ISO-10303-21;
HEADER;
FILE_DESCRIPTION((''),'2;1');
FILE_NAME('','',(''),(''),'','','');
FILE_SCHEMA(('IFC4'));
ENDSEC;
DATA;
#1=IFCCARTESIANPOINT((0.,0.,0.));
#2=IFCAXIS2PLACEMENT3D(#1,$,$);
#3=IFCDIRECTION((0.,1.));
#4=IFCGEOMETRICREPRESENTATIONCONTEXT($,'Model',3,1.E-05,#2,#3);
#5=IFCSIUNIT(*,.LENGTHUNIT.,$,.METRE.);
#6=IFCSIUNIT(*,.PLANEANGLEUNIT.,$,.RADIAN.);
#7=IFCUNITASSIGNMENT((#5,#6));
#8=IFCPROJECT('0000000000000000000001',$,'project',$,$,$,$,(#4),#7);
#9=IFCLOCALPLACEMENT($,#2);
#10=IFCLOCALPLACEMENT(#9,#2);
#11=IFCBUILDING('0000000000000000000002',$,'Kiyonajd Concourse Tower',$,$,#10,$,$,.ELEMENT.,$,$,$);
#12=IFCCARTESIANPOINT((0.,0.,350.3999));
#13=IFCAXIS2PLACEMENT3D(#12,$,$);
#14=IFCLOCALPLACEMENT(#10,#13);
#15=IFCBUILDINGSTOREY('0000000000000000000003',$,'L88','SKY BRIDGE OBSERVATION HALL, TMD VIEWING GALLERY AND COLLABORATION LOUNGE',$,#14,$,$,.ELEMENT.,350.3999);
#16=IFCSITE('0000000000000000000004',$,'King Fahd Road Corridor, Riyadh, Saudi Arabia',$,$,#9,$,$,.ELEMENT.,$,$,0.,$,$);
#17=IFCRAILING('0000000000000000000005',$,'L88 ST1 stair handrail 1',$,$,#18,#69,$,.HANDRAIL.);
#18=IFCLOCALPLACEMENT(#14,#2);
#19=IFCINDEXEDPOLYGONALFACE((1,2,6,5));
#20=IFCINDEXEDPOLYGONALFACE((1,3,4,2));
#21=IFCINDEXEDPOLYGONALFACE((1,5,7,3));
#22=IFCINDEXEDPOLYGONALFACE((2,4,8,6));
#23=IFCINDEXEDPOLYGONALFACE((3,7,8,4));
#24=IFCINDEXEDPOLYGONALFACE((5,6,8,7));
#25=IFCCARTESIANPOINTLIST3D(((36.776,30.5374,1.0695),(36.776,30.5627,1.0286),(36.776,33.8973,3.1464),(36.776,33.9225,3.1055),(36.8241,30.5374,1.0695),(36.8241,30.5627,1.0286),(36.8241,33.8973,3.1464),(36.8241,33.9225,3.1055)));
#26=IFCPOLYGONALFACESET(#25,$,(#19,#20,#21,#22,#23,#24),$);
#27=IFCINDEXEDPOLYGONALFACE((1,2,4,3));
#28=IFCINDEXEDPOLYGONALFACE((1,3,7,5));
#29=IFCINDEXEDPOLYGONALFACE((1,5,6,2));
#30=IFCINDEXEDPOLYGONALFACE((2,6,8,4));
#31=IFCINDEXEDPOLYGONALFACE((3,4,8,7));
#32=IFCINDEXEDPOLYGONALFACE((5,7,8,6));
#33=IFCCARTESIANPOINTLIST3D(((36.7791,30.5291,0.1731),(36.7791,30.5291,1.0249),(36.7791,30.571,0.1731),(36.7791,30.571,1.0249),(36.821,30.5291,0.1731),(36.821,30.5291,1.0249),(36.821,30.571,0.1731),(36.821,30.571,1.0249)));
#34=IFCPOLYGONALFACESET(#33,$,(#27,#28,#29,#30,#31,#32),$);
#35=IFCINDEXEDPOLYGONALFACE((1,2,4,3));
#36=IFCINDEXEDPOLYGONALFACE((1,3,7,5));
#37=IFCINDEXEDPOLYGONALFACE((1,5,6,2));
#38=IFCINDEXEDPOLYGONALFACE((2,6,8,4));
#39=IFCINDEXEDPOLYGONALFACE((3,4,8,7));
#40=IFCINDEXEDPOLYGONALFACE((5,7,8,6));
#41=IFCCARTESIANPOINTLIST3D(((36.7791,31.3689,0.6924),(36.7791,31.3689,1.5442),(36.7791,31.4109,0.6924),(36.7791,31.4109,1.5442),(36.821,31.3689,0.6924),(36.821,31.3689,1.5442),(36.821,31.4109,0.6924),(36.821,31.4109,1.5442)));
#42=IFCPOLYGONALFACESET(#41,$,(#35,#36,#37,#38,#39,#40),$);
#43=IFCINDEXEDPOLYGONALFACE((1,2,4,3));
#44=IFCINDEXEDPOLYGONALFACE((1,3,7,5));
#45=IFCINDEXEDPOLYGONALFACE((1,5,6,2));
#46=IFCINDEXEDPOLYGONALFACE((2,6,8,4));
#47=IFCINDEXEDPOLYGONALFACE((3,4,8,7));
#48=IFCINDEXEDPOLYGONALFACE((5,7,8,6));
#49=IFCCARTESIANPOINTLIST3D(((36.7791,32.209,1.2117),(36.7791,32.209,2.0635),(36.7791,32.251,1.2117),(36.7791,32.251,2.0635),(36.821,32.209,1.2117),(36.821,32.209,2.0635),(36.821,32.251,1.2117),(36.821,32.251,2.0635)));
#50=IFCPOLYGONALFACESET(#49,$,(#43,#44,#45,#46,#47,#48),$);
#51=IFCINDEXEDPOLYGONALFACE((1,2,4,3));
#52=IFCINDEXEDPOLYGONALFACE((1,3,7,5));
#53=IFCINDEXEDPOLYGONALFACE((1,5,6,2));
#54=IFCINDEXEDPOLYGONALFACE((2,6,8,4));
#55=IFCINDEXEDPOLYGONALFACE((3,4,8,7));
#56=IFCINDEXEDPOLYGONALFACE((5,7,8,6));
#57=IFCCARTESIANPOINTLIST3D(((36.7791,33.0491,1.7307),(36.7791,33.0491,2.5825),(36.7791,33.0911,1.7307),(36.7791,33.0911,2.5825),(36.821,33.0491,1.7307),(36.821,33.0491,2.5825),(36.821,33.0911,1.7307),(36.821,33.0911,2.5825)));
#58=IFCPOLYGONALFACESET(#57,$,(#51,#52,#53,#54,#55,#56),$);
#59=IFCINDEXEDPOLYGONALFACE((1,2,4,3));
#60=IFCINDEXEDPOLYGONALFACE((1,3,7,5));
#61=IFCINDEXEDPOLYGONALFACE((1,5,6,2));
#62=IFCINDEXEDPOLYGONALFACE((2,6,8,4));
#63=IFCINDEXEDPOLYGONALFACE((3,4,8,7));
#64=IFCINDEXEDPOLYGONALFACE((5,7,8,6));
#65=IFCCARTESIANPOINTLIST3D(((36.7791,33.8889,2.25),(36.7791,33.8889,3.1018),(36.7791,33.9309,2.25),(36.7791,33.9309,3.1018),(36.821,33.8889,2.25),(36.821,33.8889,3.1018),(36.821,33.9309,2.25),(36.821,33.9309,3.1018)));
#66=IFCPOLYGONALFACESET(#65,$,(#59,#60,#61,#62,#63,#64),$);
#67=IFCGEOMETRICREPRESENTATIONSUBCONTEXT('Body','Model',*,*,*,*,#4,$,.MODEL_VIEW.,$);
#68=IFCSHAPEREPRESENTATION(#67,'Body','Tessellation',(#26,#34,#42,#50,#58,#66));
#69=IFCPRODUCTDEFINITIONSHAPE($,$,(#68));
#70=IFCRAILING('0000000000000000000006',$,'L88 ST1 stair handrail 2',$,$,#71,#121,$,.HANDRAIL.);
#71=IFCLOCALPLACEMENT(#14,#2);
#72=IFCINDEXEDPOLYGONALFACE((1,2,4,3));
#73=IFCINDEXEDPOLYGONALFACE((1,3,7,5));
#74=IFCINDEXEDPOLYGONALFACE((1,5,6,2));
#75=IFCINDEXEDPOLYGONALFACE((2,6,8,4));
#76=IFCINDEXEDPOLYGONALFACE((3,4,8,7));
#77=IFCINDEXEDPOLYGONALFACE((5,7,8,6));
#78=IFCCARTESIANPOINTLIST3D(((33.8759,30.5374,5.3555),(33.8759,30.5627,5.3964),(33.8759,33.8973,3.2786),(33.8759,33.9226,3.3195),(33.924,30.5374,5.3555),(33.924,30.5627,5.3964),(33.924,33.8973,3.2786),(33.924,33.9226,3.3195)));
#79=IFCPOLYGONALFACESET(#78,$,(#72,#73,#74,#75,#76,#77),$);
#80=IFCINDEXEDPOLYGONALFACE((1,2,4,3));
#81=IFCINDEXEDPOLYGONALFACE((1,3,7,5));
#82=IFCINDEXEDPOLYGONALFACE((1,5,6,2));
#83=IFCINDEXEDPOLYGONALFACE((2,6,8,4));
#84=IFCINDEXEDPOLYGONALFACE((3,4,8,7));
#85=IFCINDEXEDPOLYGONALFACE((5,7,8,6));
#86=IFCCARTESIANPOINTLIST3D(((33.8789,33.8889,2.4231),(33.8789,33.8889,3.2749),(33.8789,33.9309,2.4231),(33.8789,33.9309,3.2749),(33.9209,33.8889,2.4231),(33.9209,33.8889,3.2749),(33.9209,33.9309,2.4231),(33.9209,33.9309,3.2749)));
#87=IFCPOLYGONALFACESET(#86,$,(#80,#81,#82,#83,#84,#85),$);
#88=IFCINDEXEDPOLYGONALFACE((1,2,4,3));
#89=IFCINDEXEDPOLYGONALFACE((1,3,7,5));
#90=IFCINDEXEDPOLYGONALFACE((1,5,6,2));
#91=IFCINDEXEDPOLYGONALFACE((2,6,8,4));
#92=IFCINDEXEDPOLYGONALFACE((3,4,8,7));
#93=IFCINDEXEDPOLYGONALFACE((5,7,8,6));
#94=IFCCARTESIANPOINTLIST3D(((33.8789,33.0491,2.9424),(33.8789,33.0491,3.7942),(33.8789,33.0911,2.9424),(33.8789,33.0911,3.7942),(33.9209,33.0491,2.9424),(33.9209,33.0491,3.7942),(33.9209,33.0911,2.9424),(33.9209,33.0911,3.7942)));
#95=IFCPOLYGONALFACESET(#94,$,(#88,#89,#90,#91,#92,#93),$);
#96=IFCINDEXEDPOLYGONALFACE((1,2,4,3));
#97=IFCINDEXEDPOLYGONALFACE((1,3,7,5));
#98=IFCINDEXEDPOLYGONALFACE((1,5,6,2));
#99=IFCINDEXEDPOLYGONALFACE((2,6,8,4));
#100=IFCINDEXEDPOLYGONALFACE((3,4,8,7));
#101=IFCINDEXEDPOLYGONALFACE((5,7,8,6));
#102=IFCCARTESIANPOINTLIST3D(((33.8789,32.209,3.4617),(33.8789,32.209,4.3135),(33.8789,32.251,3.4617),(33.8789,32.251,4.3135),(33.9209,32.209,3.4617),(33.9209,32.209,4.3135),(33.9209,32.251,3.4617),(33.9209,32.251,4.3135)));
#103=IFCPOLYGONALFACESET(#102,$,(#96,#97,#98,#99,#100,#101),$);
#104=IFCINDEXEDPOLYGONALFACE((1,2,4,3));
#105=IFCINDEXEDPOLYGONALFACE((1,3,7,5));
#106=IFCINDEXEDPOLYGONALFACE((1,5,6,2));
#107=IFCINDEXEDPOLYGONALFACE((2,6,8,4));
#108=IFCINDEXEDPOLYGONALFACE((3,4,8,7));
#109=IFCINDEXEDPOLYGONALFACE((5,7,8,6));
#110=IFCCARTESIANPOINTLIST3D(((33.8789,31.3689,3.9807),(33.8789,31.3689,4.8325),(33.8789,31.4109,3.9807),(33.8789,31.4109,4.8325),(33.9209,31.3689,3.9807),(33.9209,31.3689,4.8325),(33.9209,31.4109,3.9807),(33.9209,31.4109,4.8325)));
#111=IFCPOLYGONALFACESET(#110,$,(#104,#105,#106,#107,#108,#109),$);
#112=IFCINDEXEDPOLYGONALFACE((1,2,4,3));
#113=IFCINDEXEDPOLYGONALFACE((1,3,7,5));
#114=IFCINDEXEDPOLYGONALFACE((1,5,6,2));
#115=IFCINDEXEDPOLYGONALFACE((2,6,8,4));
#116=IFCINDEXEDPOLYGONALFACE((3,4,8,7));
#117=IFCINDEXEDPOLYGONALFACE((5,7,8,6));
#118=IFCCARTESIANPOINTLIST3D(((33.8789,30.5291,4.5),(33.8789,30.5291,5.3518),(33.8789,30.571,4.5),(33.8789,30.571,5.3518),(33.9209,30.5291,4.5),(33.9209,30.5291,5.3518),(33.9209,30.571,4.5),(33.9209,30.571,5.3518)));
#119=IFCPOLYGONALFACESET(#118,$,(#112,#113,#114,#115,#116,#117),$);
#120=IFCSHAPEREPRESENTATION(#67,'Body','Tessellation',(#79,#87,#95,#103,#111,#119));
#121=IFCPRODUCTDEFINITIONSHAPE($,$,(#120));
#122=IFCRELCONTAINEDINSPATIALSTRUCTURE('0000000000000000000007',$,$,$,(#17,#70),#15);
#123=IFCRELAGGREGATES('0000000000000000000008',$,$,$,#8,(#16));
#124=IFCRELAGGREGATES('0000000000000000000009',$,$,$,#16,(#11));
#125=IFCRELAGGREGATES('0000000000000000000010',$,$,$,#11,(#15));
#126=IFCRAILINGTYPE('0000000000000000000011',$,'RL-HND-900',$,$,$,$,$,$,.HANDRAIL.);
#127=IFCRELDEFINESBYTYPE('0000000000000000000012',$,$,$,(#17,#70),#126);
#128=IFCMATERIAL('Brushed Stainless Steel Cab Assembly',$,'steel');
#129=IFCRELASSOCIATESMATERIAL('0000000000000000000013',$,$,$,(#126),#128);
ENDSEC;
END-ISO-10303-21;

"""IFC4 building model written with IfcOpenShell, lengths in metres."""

from ifc_helpers import new_model, si_unit, direction, frame, origin, origin_2d, place, context, subcontext, project, spatial, rectangle, extrude, material, type_object, element, save


model = new_model("IFC4")

# Units and contexts
model_context = context("Model", 3, precision=1e-05, world=origin(), true_north=direction((0.0, 1.0)))
body_context = subcontext(model_context, "Body", "Model", "MODEL_VIEW")
ifc_project = project(units=[si_unit("LENGTHUNIT", "METRE"), si_unit("PLANEANGLEUNIT", "RADIAN")], contexts=[model_context])

# Site, building, storey
site_placement = place(None, origin())
site = spatial("IfcSite", under=ifc_project, at=site_placement, Name="King Fahd Road Corridor, Riyadh, Saudi Arabia", CompositionType="ELEMENT", RefElevation=0.0)
building_placement = place(site_placement, origin())
building = spatial("IfcBuilding", under=site, at=building_placement, Name="Kiyonajd Concourse Tower", CompositionType="ELEMENT")
storey_placement = place(building_placement, frame((0.0, 0.0, 350.3999)))
storey = spatial("IfcBuildingStorey", under=building, at=storey_placement, Name="L88", Description="SKY BRIDGE OBSERVATION HALL, TMD VIEWING GALLERY AND COLLABORATION LOUNGE", CompositionType="ELEMENT", Elevation=350.3999)

# Shared definitions
ifc_material_1 = material(Name="Brushed Stainless Steel Cab Assembly", Category="steel")

# Railings
railing_type_1 = type_object("IfcRailingType", Name="RL-HND-900", PredefinedType="HANDRAIL", material=ifc_material_1)
railing_1_placement = place(storey_placement, frame((36.8, 30.55, 0.1731)))
element("IfcRailing", 1, at=railing_1_placement, inside=storey, type_object=railing_type_1, Name="L88 ST1 stair handrail 1", PredefinedType="HANDRAIL", context=body_context, shape_type="SweptSolid", body=[
    extrude(rectangle(XDim=0.0481, YDim=0.0481, at=origin_2d()), frame((0.0, 0.0, 0.876), z_axis=(0.0, 0.850606, 0.525803), x_axis=(-1.0, 0.0, 0.0)), (0.0, 0.0, 1.0), 3.95),
    extrude(rectangle(XDim=0.042, YDim=0.042, at=origin_2d()), origin(), (0.0, 0.0, 1.0), 0.8518),
    extrude(rectangle(XDim=0.042, YDim=0.042, at=origin_2d()), frame((0.0, 0.8398, 0.5193)), (0.0, 0.0, 1.0), 0.8518),
    extrude(rectangle(XDim=0.042, YDim=0.042, at=origin_2d()), frame((0.0, 1.6799, 1.0386)), (0.0, 0.0, 1.0), 0.8518),
    extrude(rectangle(XDim=0.042, YDim=0.042, at=origin_2d()), frame((0.0, 2.52, 1.5576)), (0.0, 0.0, 1.0), 0.8518),
    extrude(rectangle(XDim=0.042, YDim=0.042, at=origin_2d()), frame((0.0, 3.3599, 2.0769)), (0.0, 0.0, 1.0), 0.8518),
])
railing_2_placement = place(storey_placement, frame((33.8999, 33.9099, 2.4231)))
element("IfcRailing", 2, at=railing_2_placement, inside=storey, type_object=railing_type_1, Name="L88 ST1 stair handrail 2", PredefinedType="HANDRAIL", context=body_context, shape_type="SweptSolid", body=[
    extrude(rectangle(XDim=0.0481, YDim=0.0481, at=origin_2d()), frame((0.0, 0.0, 0.876), z_axis=(0.0, -0.850606, 0.525803), x_axis=(1.0, 0.0, 0.0)), (0.0, 0.0, 1.0), 3.95),
    extrude(rectangle(XDim=0.042, YDim=0.042, at=origin_2d()), origin(), (0.0, 0.0, 1.0), 0.8518),
    extrude(rectangle(XDim=0.042, YDim=0.042, at=origin_2d()), frame((0.0, -0.8398, 0.5193)), (0.0, 0.0, 1.0), 0.8518),
    extrude(rectangle(XDim=0.042, YDim=0.042, at=origin_2d()), frame((0.0, -1.6799, 1.0386)), (0.0, 0.0, 1.0), 0.8518),
    extrude(rectangle(XDim=0.042, YDim=0.042, at=origin_2d()), frame((0.0, -2.52, 1.5576)), (0.0, 0.0, 1.0), 0.8518),
    extrude(rectangle(XDim=0.042, YDim=0.042, at=origin_2d()), frame((0.0, -3.3599, 2.0769)), (0.0, 0.0, 1.0), 0.8518),
])

save(model, "model.ifc")
